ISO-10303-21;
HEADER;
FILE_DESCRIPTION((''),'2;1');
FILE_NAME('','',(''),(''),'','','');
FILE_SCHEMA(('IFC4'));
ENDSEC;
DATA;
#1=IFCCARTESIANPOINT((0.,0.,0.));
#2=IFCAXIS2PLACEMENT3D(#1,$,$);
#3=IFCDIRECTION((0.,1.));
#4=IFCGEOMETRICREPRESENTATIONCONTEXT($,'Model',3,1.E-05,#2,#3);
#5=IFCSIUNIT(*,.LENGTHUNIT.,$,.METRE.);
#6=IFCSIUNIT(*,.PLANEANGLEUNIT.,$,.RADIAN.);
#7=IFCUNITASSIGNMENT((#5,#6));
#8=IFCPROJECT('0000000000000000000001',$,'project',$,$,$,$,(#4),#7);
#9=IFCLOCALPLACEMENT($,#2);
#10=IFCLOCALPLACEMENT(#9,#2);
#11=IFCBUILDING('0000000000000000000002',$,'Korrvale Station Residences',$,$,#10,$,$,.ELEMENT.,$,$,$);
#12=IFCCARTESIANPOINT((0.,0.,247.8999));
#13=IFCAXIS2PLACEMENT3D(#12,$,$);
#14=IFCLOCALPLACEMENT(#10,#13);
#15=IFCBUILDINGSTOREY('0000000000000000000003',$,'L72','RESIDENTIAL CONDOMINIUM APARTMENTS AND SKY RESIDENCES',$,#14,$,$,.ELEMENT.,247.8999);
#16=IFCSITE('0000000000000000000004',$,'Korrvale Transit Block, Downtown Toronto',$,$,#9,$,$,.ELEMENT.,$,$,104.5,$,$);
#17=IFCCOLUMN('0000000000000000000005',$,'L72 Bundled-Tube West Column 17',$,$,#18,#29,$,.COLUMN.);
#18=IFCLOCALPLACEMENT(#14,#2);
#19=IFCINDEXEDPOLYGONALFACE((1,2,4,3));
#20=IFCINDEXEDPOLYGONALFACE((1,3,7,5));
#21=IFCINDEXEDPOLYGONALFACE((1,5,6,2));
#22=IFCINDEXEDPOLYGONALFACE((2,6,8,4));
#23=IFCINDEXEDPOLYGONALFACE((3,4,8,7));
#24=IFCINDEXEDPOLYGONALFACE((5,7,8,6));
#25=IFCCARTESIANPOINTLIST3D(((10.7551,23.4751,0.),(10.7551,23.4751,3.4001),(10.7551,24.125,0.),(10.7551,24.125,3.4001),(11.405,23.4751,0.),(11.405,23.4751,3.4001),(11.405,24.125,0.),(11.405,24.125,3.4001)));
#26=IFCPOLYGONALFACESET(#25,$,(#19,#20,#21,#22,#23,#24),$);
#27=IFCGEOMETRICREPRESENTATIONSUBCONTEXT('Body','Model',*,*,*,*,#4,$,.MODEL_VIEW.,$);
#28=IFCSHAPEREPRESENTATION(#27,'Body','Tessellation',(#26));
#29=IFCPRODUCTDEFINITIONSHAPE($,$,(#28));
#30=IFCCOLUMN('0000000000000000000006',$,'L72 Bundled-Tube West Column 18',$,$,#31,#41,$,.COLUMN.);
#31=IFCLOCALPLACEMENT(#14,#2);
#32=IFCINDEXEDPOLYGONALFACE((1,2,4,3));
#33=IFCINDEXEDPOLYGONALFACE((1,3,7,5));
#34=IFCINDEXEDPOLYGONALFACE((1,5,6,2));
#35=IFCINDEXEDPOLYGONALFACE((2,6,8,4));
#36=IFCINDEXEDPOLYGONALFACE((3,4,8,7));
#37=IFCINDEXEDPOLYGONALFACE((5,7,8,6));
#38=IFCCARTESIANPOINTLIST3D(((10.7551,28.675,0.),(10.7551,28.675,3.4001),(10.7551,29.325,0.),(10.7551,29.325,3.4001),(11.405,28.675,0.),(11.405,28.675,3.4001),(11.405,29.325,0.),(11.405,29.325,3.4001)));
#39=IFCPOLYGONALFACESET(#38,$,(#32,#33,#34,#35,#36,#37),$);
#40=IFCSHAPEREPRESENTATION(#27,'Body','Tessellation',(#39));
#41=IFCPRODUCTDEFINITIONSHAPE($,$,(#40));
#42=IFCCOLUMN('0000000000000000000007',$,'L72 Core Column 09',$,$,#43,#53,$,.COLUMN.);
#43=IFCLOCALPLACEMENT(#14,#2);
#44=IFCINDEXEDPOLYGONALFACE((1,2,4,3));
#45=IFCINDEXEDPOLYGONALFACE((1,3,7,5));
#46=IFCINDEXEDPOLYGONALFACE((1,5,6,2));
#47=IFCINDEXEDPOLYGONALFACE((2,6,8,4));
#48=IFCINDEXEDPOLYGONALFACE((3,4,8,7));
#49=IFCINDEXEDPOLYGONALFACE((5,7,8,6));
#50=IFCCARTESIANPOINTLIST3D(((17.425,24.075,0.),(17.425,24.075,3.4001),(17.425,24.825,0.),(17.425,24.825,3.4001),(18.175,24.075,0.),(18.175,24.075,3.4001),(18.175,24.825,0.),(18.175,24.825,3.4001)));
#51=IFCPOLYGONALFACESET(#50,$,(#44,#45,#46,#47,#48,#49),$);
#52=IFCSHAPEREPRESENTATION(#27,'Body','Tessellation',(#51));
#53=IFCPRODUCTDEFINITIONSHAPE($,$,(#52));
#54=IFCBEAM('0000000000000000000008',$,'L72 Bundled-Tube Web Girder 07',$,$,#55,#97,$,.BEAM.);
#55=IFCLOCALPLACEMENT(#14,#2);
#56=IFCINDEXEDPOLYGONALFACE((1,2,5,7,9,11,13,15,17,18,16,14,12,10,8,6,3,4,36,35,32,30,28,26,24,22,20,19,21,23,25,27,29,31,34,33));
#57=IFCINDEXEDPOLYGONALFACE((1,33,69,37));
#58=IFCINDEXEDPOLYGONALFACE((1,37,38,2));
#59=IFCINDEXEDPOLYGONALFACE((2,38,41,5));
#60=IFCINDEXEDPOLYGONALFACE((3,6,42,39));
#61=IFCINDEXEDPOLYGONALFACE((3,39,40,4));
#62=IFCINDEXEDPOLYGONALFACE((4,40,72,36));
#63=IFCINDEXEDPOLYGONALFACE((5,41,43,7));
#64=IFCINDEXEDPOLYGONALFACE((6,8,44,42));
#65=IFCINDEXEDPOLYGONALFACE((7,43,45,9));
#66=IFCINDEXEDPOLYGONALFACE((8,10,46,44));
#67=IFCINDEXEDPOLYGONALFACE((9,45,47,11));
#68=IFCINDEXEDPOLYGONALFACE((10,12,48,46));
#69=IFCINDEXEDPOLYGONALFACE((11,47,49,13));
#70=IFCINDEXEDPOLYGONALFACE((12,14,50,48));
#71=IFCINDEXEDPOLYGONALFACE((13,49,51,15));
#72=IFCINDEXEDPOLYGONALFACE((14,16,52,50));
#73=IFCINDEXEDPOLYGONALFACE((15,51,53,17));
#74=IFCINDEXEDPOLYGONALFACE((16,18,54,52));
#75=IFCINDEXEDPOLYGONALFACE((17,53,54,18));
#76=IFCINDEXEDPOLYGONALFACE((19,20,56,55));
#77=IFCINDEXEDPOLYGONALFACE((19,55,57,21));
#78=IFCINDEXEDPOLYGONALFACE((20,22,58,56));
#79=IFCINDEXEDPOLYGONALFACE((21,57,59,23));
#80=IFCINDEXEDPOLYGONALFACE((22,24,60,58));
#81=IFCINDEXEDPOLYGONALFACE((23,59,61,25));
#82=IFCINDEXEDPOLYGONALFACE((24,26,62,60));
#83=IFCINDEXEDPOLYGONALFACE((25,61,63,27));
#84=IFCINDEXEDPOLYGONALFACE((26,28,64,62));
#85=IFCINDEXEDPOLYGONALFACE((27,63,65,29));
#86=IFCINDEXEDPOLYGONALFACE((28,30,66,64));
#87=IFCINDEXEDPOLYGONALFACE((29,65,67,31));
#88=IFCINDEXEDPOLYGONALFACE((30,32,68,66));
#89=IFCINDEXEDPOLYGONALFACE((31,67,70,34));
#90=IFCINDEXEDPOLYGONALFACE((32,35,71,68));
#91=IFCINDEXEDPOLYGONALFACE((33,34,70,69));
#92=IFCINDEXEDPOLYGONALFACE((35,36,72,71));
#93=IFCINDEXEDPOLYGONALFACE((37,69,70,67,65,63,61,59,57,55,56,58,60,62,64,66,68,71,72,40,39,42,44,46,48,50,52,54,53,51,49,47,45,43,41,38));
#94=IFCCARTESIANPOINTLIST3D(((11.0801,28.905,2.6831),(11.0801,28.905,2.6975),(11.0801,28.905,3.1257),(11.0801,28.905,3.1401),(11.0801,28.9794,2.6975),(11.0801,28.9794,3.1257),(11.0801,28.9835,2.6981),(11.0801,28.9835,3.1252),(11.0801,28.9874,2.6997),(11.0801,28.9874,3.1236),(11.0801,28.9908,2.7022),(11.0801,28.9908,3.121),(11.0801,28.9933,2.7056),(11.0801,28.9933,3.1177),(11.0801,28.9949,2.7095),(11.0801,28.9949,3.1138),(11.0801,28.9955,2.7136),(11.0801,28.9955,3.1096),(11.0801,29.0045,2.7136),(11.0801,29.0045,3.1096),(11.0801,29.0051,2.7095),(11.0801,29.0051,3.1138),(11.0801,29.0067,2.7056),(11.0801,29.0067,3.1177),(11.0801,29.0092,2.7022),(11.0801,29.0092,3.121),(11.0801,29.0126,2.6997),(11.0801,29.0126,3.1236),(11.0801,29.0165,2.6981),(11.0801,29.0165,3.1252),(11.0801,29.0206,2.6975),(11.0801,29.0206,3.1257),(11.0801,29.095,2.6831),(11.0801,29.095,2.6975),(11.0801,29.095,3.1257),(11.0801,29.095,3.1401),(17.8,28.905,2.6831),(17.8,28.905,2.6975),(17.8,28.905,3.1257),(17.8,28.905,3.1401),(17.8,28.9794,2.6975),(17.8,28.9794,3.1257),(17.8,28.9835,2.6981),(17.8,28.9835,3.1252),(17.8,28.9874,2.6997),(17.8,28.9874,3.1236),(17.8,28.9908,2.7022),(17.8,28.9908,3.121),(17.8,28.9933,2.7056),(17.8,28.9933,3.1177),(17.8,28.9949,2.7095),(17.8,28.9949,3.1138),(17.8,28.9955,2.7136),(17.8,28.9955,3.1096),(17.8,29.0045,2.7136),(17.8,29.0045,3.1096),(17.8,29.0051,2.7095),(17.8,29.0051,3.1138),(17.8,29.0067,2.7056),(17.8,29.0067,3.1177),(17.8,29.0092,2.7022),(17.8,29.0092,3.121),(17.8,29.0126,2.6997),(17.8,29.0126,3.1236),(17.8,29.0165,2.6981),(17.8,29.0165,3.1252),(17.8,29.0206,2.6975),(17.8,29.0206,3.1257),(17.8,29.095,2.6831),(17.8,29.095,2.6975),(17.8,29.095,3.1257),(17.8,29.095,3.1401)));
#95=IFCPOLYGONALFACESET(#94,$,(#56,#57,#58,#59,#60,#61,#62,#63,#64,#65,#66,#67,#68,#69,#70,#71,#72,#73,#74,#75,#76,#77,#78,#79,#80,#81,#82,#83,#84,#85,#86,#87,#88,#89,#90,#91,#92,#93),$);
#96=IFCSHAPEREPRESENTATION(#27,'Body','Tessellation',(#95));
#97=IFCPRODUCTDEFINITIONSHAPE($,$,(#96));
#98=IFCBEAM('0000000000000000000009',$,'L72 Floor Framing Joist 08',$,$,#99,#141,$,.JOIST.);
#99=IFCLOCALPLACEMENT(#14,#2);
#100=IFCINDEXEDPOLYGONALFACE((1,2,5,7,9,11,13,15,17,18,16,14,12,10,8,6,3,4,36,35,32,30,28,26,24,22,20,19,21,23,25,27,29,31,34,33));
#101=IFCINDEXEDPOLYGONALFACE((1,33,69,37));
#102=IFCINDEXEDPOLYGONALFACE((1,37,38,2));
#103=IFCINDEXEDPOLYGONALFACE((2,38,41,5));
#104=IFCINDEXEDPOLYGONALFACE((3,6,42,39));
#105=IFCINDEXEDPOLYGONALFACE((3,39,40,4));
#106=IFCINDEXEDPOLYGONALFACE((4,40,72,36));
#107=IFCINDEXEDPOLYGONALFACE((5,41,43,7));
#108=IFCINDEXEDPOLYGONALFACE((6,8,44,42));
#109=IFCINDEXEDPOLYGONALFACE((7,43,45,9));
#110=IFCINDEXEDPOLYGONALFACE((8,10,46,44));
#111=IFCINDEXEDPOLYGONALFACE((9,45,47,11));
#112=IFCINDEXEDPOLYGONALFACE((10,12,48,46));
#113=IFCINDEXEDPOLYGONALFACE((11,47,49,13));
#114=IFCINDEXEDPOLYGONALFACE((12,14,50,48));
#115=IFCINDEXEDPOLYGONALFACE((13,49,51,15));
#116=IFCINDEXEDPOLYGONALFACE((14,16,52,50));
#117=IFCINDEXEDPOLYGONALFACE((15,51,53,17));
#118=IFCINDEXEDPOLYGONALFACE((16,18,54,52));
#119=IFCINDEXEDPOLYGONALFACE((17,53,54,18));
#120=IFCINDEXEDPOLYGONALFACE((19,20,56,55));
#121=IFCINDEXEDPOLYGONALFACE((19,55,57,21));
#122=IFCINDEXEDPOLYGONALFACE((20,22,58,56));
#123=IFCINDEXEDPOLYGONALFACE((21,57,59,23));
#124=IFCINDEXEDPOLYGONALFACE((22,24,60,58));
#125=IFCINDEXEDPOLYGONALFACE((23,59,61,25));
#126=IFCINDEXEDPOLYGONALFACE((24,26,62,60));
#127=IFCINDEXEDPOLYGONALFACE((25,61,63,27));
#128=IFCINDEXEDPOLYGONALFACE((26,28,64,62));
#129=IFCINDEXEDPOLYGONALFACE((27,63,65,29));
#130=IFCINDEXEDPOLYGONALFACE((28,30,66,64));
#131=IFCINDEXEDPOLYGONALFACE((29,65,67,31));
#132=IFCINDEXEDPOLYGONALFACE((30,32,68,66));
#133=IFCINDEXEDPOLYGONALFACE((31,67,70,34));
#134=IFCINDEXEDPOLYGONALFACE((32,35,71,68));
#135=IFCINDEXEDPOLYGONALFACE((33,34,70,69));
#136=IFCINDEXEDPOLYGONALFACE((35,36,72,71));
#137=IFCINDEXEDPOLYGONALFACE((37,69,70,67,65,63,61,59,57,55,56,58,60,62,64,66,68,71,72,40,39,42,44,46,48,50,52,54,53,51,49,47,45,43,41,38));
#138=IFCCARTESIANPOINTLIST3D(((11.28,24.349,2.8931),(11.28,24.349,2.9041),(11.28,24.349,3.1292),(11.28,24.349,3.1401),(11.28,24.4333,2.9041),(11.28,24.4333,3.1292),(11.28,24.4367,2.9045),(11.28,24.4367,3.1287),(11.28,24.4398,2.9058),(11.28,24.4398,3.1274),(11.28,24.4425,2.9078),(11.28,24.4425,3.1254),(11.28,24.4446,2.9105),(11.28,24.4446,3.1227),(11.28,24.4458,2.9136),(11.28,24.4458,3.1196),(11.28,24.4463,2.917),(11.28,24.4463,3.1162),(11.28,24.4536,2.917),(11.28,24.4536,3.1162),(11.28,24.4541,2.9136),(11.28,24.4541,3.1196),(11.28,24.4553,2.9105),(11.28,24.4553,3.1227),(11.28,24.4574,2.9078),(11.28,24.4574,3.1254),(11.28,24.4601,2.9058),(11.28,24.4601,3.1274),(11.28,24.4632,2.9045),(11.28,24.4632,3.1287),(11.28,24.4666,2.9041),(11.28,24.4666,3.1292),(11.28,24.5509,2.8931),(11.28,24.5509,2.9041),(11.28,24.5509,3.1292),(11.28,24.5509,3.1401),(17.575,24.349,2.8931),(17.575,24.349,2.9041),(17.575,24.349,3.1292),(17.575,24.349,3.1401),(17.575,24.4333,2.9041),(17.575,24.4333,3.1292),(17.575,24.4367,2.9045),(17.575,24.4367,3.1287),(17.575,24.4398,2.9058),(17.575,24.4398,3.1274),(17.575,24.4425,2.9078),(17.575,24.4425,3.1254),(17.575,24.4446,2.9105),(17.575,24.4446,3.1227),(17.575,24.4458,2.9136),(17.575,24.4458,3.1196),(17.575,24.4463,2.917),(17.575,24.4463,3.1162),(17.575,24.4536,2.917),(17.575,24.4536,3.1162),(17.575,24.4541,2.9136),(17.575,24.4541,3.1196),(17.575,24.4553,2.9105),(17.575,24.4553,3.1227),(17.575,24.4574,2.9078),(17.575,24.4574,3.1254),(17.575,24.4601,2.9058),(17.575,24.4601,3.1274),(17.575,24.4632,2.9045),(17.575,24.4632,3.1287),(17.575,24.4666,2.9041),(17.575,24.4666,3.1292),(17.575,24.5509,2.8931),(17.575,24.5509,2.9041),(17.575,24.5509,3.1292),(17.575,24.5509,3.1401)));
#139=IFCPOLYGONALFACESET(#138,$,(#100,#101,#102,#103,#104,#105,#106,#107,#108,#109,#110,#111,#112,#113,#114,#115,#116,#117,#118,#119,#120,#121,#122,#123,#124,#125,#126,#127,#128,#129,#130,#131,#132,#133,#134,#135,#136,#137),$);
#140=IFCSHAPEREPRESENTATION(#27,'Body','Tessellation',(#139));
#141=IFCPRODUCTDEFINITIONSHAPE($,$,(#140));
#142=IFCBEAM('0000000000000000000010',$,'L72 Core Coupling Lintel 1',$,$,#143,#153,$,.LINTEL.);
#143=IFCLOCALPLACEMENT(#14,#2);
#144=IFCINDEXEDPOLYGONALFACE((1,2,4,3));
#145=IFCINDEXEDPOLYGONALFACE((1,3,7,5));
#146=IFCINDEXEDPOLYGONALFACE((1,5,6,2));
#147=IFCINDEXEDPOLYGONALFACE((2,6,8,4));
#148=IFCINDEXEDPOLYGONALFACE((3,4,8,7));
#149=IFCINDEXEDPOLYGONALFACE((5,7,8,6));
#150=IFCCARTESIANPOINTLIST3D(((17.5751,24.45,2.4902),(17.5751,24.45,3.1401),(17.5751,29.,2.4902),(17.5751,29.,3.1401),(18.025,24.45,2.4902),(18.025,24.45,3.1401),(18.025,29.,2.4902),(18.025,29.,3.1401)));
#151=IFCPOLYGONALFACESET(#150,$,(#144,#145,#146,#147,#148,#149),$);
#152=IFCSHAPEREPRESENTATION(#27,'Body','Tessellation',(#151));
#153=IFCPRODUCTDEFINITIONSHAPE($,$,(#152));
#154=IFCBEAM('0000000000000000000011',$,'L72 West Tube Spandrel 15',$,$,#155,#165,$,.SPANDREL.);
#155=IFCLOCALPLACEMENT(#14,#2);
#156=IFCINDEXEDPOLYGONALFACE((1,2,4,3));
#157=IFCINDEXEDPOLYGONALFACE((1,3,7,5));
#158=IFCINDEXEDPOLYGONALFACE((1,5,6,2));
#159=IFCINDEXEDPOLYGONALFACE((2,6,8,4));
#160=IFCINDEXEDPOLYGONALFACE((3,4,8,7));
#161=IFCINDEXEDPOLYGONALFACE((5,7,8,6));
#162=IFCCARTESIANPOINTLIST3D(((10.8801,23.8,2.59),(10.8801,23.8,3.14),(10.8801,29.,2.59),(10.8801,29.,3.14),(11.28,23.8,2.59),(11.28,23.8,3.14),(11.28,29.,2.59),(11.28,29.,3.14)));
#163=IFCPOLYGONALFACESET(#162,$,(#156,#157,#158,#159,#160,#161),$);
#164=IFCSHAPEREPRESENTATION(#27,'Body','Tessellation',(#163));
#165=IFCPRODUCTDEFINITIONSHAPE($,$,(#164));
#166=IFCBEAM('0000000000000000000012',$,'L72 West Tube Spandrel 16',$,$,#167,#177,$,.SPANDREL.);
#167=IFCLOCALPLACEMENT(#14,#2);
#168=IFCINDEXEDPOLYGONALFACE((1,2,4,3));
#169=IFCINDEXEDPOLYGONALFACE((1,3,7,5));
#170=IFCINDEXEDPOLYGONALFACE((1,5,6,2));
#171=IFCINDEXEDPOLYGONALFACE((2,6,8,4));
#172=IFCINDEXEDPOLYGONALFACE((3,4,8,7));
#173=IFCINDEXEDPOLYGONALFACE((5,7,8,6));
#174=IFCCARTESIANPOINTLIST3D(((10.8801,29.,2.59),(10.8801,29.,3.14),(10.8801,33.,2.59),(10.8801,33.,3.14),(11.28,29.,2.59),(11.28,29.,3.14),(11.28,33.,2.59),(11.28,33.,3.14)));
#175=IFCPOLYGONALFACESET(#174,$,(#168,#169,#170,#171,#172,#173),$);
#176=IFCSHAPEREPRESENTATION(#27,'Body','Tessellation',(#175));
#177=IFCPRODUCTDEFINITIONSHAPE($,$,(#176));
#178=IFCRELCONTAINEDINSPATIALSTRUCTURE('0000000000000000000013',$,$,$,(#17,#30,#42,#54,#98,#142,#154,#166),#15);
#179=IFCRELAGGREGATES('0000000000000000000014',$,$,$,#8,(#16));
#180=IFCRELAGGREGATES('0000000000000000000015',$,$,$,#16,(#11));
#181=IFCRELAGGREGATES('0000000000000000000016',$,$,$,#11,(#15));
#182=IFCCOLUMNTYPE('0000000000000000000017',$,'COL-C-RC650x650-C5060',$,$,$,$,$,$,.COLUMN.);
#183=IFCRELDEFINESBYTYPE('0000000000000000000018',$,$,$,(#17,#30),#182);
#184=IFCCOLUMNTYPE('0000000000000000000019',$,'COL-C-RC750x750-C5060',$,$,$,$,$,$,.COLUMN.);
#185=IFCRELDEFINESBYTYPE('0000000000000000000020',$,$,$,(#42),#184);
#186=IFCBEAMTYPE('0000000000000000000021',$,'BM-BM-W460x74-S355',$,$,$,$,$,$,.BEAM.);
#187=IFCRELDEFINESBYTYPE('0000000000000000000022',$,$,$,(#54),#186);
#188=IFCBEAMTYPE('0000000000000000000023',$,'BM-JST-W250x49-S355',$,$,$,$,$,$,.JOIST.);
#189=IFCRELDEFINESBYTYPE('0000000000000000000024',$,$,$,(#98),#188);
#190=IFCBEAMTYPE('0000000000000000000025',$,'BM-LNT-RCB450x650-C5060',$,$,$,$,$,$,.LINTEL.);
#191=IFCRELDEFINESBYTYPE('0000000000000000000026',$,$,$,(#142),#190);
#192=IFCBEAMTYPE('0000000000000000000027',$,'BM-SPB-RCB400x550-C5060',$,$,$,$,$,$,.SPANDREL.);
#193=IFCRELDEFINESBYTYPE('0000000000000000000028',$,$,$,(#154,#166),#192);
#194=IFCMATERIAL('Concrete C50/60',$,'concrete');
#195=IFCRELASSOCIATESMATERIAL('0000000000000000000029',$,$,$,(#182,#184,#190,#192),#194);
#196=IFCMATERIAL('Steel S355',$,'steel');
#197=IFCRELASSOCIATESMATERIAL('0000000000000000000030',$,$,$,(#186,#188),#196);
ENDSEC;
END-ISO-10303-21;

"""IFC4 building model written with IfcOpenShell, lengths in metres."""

from ifc_helpers import new_model, si_unit, direction, frame, origin, origin_2d, place, context, subcontext, project, spatial, rectangle, i_section, extrude, material, material_profile, profile_set, type_object, element, save


model = new_model("IFC4")

# Units and contexts
model_context = context("Model", 3, precision=1e-05, world=origin(), true_north=direction((0.0, 1.0)))
body_context = subcontext(model_context, "Body", "Model", "MODEL_VIEW")
ifc_project = project(units=[si_unit("LENGTHUNIT", "METRE"), si_unit("PLANEANGLEUNIT", "RADIAN")], contexts=[model_context])

# Site, building, storey
site_placement = place(None, origin())
site = spatial("IfcSite", under=ifc_project, at=site_placement, Name="Korrvale Transit Block, Downtown Toronto", CompositionType="ELEMENT", RefElevation=104.5)
building_placement = place(site_placement, origin())
building = spatial("IfcBuilding", under=site, at=building_placement, Name="Korrvale Station Residences", CompositionType="ELEMENT")
storey_placement = place(building_placement, frame((0.0, 0.0, 247.8999)))
storey = spatial("IfcBuildingStorey", under=building, at=storey_placement, Name="L72", Description="RESIDENTIAL CONDOMINIUM APARTMENTS AND SKY RESIDENCES", CompositionType="ELEMENT", Elevation=247.8999)

# Columns
ifc_material_1 = material(Name="Concrete C50/60", Category="concrete")
ifc_material_profile_1 = material_profile(ifc_material_1, rectangle(XDim=0.6499, YDim=0.6499, at=origin_2d()), Name="RC650x650")
ifc_profile_set_1 = profile_set([ifc_material_profile_1], Name="Concrete C50/60")
column_type_1 = type_object("IfcColumnType", Name="COL-C-RC650x650-C5060", PredefinedType="COLUMN", material=ifc_profile_set_1)
for number, where, z_axis, x_axis, name in (
    (1, (11.0801, 23.8, 0.0), (0.0, 0.0, 1.0), (1.0, 0.0, 0.0), "L72 Bundled-Tube West Column 17"),
    (2, (11.0801, 29.0, 0.0), (0.0, 0.0, 1.0), (1.0, 0.0, 0.0), "L72 Bundled-Tube West Column 18"),
):
    element("IfcColumn", number, at=place(storey_placement, frame(where, z_axis=z_axis, x_axis=x_axis)), inside=storey, type_object=column_type_1, Name=name, PredefinedType="COLUMN", context=body_context, shape_type="SweptSolid", body=[
        extrude(rectangle(XDim=0.6499, YDim=0.6499, at=origin_2d()), origin(), (0.0, 0.0, 1.0), 3.4001),
    ])
ifc_material_profile_2 = material_profile(ifc_material_1, rectangle(XDim=0.75, YDim=0.75, at=origin_2d()), Name="RC750x750")
ifc_profile_set_2 = profile_set([ifc_material_profile_2], Name="Concrete C50/60")
column_type_2 = type_object("IfcColumnType", Name="COL-C-RC750x750-C5060", PredefinedType="COLUMN", material=ifc_profile_set_2)
column_placement = place(storey_placement, frame((17.8, 24.45, 0.0), z_axis=(0.0, 0.0, 1.0), x_axis=(1.0, 0.0, 0.0)))
element("IfcColumn", 3, at=column_placement, inside=storey, type_object=column_type_2, Name="L72 Core Column 09", PredefinedType="COLUMN", context=body_context, shape_type="SweptSolid", body=[
    extrude(rectangle(XDim=0.75, YDim=0.75, at=origin_2d()), origin(), (0.0, 0.0, 1.0), 3.4001),
])

# Beams
ifc_material_2 = material(Name="Steel S355", Category="steel")
ifc_material_profile_3 = material_profile(ifc_material_2, i_section(OverallWidth=0.1899, OverallDepth=0.457, WebThickness=0.009, FlangeThickness=0.0144, FilletRadius=0.0161, at=origin_2d()), Name="W460x74")
ifc_profile_set_3 = profile_set([ifc_material_profile_3], Name="Steel S355")
beam_type_1 = type_object("IfcBeamType", Name="BM-BM-W460x74-S355", PredefinedType="BEAM", material=ifc_profile_set_3)
beam_1_placement = place(storey_placement, frame((11.0801, 29.0, 2.9116), z_axis=(1.0, 0.0, 0.0), x_axis=(0.0, 1.0, 0.0)))
element("IfcBeam", 4, at=beam_1_placement, inside=storey, type_object=beam_type_1, Name="L72 Bundled-Tube Web Girder 07", PredefinedType="BEAM", context=body_context, shape_type="SweptSolid", body=[
    extrude(i_section(OverallWidth=0.1899, OverallDepth=0.457, WebThickness=0.009, FlangeThickness=0.0144, FilletRadius=0.0161, at=origin_2d()), origin(), (0.0, 0.0, 1.0), 6.72),
])
ifc_material_profile_4 = material_profile(ifc_material_2, i_section(OverallWidth=0.2019, OverallDepth=0.2471, WebThickness=0.0073, FlangeThickness=0.011, FilletRadius=0.0129, at=origin_2d()), Name="W250x49")
ifc_profile_set_4 = profile_set([ifc_material_profile_4], Name="Steel S355")
beam_type_2 = type_object("IfcBeamType", Name="BM-JST-W250x49-S355", PredefinedType="JOIST", material=ifc_profile_set_4)
beam_2_placement = place(storey_placement, frame((11.28, 24.45, 3.0166), z_axis=(1.0, 0.0, 0.0), x_axis=(0.0, 1.0, 0.0)))
element("IfcBeam", 5, at=beam_2_placement, inside=storey, type_object=beam_type_2, Name="L72 Floor Framing Joist 08", PredefinedType="JOIST", context=body_context, shape_type="SweptSolid", body=[
    extrude(i_section(OverallWidth=0.2019, OverallDepth=0.2471, WebThickness=0.0073, FlangeThickness=0.011, FilletRadius=0.0129, at=origin_2d()), origin(), (0.0, 0.0, 1.0), 6.2949),
])
ifc_material_profile_5 = material_profile(ifc_material_1, rectangle(XDim=0.45, YDim=0.6499, at=origin_2d()), Name="RCB450x650")
ifc_profile_set_5 = profile_set([ifc_material_profile_5], Name="Concrete C50/60")
beam_type_3 = type_object("IfcBeamType", Name="BM-LNT-RCB450x650-C5060", PredefinedType="LINTEL", material=ifc_profile_set_5)
beam_3_placement = place(storey_placement, frame((17.8, 24.45, 2.8152), z_axis=(0.0, 1.0, 0.0), x_axis=(-1.0, 0.0, 0.0)))
element("IfcBeam", 6, at=beam_3_placement, inside=storey, type_object=beam_type_3, Name="L72 Core Coupling Lintel 1", PredefinedType="LINTEL", context=body_context, shape_type="SweptSolid", body=[
    extrude(rectangle(XDim=0.45, YDim=0.6499, at=origin_2d()), origin(), (0.0, 0.0, 1.0), 4.55),
])
ifc_material_profile_6 = material_profile(ifc_material_1, rectangle(XDim=0.3999, YDim=0.55, at=origin_2d()), Name="RCB400x550")
ifc_profile_set_6 = profile_set([ifc_material_profile_6], Name="Concrete C50/60")
beam_type_4 = type_object("IfcBeamType", Name="BM-SPB-RCB400x550-C5060", PredefinedType="SPANDREL", material=ifc_profile_set_6)
beam_4_placement = place(storey_placement, frame((11.0801, 23.8, 2.865), z_axis=(0.0, 1.0, 0.0), x_axis=(-1.0, 0.0, 0.0)))
element("IfcBeam", 7, at=beam_4_placement, inside=storey, type_object=beam_type_4, Name="L72 West Tube Spandrel 15", PredefinedType="SPANDREL", context=body_context, shape_type="SweptSolid", body=[
    extrude(rectangle(XDim=0.3999, YDim=0.55, at=origin_2d()), origin(), (0.0, 0.0, 1.0), 5.2),
])
beam_5_placement = place(storey_placement, frame((11.0801, 29.0, 2.865), z_axis=(0.0, 1.0, 0.0), x_axis=(-1.0, 0.0, 0.0)))
element("IfcBeam", 8, at=beam_5_placement, inside=storey, type_object=beam_type_4, Name="L72 West Tube Spandrel 16", PredefinedType="SPANDREL", context=body_context, shape_type="SweptSolid", body=[
    extrude(rectangle(XDim=0.3999, YDim=0.55, at=origin_2d()), origin(), (0.0, 0.0, 1.0), 4.0),
])

save(model, "model.ifc")
